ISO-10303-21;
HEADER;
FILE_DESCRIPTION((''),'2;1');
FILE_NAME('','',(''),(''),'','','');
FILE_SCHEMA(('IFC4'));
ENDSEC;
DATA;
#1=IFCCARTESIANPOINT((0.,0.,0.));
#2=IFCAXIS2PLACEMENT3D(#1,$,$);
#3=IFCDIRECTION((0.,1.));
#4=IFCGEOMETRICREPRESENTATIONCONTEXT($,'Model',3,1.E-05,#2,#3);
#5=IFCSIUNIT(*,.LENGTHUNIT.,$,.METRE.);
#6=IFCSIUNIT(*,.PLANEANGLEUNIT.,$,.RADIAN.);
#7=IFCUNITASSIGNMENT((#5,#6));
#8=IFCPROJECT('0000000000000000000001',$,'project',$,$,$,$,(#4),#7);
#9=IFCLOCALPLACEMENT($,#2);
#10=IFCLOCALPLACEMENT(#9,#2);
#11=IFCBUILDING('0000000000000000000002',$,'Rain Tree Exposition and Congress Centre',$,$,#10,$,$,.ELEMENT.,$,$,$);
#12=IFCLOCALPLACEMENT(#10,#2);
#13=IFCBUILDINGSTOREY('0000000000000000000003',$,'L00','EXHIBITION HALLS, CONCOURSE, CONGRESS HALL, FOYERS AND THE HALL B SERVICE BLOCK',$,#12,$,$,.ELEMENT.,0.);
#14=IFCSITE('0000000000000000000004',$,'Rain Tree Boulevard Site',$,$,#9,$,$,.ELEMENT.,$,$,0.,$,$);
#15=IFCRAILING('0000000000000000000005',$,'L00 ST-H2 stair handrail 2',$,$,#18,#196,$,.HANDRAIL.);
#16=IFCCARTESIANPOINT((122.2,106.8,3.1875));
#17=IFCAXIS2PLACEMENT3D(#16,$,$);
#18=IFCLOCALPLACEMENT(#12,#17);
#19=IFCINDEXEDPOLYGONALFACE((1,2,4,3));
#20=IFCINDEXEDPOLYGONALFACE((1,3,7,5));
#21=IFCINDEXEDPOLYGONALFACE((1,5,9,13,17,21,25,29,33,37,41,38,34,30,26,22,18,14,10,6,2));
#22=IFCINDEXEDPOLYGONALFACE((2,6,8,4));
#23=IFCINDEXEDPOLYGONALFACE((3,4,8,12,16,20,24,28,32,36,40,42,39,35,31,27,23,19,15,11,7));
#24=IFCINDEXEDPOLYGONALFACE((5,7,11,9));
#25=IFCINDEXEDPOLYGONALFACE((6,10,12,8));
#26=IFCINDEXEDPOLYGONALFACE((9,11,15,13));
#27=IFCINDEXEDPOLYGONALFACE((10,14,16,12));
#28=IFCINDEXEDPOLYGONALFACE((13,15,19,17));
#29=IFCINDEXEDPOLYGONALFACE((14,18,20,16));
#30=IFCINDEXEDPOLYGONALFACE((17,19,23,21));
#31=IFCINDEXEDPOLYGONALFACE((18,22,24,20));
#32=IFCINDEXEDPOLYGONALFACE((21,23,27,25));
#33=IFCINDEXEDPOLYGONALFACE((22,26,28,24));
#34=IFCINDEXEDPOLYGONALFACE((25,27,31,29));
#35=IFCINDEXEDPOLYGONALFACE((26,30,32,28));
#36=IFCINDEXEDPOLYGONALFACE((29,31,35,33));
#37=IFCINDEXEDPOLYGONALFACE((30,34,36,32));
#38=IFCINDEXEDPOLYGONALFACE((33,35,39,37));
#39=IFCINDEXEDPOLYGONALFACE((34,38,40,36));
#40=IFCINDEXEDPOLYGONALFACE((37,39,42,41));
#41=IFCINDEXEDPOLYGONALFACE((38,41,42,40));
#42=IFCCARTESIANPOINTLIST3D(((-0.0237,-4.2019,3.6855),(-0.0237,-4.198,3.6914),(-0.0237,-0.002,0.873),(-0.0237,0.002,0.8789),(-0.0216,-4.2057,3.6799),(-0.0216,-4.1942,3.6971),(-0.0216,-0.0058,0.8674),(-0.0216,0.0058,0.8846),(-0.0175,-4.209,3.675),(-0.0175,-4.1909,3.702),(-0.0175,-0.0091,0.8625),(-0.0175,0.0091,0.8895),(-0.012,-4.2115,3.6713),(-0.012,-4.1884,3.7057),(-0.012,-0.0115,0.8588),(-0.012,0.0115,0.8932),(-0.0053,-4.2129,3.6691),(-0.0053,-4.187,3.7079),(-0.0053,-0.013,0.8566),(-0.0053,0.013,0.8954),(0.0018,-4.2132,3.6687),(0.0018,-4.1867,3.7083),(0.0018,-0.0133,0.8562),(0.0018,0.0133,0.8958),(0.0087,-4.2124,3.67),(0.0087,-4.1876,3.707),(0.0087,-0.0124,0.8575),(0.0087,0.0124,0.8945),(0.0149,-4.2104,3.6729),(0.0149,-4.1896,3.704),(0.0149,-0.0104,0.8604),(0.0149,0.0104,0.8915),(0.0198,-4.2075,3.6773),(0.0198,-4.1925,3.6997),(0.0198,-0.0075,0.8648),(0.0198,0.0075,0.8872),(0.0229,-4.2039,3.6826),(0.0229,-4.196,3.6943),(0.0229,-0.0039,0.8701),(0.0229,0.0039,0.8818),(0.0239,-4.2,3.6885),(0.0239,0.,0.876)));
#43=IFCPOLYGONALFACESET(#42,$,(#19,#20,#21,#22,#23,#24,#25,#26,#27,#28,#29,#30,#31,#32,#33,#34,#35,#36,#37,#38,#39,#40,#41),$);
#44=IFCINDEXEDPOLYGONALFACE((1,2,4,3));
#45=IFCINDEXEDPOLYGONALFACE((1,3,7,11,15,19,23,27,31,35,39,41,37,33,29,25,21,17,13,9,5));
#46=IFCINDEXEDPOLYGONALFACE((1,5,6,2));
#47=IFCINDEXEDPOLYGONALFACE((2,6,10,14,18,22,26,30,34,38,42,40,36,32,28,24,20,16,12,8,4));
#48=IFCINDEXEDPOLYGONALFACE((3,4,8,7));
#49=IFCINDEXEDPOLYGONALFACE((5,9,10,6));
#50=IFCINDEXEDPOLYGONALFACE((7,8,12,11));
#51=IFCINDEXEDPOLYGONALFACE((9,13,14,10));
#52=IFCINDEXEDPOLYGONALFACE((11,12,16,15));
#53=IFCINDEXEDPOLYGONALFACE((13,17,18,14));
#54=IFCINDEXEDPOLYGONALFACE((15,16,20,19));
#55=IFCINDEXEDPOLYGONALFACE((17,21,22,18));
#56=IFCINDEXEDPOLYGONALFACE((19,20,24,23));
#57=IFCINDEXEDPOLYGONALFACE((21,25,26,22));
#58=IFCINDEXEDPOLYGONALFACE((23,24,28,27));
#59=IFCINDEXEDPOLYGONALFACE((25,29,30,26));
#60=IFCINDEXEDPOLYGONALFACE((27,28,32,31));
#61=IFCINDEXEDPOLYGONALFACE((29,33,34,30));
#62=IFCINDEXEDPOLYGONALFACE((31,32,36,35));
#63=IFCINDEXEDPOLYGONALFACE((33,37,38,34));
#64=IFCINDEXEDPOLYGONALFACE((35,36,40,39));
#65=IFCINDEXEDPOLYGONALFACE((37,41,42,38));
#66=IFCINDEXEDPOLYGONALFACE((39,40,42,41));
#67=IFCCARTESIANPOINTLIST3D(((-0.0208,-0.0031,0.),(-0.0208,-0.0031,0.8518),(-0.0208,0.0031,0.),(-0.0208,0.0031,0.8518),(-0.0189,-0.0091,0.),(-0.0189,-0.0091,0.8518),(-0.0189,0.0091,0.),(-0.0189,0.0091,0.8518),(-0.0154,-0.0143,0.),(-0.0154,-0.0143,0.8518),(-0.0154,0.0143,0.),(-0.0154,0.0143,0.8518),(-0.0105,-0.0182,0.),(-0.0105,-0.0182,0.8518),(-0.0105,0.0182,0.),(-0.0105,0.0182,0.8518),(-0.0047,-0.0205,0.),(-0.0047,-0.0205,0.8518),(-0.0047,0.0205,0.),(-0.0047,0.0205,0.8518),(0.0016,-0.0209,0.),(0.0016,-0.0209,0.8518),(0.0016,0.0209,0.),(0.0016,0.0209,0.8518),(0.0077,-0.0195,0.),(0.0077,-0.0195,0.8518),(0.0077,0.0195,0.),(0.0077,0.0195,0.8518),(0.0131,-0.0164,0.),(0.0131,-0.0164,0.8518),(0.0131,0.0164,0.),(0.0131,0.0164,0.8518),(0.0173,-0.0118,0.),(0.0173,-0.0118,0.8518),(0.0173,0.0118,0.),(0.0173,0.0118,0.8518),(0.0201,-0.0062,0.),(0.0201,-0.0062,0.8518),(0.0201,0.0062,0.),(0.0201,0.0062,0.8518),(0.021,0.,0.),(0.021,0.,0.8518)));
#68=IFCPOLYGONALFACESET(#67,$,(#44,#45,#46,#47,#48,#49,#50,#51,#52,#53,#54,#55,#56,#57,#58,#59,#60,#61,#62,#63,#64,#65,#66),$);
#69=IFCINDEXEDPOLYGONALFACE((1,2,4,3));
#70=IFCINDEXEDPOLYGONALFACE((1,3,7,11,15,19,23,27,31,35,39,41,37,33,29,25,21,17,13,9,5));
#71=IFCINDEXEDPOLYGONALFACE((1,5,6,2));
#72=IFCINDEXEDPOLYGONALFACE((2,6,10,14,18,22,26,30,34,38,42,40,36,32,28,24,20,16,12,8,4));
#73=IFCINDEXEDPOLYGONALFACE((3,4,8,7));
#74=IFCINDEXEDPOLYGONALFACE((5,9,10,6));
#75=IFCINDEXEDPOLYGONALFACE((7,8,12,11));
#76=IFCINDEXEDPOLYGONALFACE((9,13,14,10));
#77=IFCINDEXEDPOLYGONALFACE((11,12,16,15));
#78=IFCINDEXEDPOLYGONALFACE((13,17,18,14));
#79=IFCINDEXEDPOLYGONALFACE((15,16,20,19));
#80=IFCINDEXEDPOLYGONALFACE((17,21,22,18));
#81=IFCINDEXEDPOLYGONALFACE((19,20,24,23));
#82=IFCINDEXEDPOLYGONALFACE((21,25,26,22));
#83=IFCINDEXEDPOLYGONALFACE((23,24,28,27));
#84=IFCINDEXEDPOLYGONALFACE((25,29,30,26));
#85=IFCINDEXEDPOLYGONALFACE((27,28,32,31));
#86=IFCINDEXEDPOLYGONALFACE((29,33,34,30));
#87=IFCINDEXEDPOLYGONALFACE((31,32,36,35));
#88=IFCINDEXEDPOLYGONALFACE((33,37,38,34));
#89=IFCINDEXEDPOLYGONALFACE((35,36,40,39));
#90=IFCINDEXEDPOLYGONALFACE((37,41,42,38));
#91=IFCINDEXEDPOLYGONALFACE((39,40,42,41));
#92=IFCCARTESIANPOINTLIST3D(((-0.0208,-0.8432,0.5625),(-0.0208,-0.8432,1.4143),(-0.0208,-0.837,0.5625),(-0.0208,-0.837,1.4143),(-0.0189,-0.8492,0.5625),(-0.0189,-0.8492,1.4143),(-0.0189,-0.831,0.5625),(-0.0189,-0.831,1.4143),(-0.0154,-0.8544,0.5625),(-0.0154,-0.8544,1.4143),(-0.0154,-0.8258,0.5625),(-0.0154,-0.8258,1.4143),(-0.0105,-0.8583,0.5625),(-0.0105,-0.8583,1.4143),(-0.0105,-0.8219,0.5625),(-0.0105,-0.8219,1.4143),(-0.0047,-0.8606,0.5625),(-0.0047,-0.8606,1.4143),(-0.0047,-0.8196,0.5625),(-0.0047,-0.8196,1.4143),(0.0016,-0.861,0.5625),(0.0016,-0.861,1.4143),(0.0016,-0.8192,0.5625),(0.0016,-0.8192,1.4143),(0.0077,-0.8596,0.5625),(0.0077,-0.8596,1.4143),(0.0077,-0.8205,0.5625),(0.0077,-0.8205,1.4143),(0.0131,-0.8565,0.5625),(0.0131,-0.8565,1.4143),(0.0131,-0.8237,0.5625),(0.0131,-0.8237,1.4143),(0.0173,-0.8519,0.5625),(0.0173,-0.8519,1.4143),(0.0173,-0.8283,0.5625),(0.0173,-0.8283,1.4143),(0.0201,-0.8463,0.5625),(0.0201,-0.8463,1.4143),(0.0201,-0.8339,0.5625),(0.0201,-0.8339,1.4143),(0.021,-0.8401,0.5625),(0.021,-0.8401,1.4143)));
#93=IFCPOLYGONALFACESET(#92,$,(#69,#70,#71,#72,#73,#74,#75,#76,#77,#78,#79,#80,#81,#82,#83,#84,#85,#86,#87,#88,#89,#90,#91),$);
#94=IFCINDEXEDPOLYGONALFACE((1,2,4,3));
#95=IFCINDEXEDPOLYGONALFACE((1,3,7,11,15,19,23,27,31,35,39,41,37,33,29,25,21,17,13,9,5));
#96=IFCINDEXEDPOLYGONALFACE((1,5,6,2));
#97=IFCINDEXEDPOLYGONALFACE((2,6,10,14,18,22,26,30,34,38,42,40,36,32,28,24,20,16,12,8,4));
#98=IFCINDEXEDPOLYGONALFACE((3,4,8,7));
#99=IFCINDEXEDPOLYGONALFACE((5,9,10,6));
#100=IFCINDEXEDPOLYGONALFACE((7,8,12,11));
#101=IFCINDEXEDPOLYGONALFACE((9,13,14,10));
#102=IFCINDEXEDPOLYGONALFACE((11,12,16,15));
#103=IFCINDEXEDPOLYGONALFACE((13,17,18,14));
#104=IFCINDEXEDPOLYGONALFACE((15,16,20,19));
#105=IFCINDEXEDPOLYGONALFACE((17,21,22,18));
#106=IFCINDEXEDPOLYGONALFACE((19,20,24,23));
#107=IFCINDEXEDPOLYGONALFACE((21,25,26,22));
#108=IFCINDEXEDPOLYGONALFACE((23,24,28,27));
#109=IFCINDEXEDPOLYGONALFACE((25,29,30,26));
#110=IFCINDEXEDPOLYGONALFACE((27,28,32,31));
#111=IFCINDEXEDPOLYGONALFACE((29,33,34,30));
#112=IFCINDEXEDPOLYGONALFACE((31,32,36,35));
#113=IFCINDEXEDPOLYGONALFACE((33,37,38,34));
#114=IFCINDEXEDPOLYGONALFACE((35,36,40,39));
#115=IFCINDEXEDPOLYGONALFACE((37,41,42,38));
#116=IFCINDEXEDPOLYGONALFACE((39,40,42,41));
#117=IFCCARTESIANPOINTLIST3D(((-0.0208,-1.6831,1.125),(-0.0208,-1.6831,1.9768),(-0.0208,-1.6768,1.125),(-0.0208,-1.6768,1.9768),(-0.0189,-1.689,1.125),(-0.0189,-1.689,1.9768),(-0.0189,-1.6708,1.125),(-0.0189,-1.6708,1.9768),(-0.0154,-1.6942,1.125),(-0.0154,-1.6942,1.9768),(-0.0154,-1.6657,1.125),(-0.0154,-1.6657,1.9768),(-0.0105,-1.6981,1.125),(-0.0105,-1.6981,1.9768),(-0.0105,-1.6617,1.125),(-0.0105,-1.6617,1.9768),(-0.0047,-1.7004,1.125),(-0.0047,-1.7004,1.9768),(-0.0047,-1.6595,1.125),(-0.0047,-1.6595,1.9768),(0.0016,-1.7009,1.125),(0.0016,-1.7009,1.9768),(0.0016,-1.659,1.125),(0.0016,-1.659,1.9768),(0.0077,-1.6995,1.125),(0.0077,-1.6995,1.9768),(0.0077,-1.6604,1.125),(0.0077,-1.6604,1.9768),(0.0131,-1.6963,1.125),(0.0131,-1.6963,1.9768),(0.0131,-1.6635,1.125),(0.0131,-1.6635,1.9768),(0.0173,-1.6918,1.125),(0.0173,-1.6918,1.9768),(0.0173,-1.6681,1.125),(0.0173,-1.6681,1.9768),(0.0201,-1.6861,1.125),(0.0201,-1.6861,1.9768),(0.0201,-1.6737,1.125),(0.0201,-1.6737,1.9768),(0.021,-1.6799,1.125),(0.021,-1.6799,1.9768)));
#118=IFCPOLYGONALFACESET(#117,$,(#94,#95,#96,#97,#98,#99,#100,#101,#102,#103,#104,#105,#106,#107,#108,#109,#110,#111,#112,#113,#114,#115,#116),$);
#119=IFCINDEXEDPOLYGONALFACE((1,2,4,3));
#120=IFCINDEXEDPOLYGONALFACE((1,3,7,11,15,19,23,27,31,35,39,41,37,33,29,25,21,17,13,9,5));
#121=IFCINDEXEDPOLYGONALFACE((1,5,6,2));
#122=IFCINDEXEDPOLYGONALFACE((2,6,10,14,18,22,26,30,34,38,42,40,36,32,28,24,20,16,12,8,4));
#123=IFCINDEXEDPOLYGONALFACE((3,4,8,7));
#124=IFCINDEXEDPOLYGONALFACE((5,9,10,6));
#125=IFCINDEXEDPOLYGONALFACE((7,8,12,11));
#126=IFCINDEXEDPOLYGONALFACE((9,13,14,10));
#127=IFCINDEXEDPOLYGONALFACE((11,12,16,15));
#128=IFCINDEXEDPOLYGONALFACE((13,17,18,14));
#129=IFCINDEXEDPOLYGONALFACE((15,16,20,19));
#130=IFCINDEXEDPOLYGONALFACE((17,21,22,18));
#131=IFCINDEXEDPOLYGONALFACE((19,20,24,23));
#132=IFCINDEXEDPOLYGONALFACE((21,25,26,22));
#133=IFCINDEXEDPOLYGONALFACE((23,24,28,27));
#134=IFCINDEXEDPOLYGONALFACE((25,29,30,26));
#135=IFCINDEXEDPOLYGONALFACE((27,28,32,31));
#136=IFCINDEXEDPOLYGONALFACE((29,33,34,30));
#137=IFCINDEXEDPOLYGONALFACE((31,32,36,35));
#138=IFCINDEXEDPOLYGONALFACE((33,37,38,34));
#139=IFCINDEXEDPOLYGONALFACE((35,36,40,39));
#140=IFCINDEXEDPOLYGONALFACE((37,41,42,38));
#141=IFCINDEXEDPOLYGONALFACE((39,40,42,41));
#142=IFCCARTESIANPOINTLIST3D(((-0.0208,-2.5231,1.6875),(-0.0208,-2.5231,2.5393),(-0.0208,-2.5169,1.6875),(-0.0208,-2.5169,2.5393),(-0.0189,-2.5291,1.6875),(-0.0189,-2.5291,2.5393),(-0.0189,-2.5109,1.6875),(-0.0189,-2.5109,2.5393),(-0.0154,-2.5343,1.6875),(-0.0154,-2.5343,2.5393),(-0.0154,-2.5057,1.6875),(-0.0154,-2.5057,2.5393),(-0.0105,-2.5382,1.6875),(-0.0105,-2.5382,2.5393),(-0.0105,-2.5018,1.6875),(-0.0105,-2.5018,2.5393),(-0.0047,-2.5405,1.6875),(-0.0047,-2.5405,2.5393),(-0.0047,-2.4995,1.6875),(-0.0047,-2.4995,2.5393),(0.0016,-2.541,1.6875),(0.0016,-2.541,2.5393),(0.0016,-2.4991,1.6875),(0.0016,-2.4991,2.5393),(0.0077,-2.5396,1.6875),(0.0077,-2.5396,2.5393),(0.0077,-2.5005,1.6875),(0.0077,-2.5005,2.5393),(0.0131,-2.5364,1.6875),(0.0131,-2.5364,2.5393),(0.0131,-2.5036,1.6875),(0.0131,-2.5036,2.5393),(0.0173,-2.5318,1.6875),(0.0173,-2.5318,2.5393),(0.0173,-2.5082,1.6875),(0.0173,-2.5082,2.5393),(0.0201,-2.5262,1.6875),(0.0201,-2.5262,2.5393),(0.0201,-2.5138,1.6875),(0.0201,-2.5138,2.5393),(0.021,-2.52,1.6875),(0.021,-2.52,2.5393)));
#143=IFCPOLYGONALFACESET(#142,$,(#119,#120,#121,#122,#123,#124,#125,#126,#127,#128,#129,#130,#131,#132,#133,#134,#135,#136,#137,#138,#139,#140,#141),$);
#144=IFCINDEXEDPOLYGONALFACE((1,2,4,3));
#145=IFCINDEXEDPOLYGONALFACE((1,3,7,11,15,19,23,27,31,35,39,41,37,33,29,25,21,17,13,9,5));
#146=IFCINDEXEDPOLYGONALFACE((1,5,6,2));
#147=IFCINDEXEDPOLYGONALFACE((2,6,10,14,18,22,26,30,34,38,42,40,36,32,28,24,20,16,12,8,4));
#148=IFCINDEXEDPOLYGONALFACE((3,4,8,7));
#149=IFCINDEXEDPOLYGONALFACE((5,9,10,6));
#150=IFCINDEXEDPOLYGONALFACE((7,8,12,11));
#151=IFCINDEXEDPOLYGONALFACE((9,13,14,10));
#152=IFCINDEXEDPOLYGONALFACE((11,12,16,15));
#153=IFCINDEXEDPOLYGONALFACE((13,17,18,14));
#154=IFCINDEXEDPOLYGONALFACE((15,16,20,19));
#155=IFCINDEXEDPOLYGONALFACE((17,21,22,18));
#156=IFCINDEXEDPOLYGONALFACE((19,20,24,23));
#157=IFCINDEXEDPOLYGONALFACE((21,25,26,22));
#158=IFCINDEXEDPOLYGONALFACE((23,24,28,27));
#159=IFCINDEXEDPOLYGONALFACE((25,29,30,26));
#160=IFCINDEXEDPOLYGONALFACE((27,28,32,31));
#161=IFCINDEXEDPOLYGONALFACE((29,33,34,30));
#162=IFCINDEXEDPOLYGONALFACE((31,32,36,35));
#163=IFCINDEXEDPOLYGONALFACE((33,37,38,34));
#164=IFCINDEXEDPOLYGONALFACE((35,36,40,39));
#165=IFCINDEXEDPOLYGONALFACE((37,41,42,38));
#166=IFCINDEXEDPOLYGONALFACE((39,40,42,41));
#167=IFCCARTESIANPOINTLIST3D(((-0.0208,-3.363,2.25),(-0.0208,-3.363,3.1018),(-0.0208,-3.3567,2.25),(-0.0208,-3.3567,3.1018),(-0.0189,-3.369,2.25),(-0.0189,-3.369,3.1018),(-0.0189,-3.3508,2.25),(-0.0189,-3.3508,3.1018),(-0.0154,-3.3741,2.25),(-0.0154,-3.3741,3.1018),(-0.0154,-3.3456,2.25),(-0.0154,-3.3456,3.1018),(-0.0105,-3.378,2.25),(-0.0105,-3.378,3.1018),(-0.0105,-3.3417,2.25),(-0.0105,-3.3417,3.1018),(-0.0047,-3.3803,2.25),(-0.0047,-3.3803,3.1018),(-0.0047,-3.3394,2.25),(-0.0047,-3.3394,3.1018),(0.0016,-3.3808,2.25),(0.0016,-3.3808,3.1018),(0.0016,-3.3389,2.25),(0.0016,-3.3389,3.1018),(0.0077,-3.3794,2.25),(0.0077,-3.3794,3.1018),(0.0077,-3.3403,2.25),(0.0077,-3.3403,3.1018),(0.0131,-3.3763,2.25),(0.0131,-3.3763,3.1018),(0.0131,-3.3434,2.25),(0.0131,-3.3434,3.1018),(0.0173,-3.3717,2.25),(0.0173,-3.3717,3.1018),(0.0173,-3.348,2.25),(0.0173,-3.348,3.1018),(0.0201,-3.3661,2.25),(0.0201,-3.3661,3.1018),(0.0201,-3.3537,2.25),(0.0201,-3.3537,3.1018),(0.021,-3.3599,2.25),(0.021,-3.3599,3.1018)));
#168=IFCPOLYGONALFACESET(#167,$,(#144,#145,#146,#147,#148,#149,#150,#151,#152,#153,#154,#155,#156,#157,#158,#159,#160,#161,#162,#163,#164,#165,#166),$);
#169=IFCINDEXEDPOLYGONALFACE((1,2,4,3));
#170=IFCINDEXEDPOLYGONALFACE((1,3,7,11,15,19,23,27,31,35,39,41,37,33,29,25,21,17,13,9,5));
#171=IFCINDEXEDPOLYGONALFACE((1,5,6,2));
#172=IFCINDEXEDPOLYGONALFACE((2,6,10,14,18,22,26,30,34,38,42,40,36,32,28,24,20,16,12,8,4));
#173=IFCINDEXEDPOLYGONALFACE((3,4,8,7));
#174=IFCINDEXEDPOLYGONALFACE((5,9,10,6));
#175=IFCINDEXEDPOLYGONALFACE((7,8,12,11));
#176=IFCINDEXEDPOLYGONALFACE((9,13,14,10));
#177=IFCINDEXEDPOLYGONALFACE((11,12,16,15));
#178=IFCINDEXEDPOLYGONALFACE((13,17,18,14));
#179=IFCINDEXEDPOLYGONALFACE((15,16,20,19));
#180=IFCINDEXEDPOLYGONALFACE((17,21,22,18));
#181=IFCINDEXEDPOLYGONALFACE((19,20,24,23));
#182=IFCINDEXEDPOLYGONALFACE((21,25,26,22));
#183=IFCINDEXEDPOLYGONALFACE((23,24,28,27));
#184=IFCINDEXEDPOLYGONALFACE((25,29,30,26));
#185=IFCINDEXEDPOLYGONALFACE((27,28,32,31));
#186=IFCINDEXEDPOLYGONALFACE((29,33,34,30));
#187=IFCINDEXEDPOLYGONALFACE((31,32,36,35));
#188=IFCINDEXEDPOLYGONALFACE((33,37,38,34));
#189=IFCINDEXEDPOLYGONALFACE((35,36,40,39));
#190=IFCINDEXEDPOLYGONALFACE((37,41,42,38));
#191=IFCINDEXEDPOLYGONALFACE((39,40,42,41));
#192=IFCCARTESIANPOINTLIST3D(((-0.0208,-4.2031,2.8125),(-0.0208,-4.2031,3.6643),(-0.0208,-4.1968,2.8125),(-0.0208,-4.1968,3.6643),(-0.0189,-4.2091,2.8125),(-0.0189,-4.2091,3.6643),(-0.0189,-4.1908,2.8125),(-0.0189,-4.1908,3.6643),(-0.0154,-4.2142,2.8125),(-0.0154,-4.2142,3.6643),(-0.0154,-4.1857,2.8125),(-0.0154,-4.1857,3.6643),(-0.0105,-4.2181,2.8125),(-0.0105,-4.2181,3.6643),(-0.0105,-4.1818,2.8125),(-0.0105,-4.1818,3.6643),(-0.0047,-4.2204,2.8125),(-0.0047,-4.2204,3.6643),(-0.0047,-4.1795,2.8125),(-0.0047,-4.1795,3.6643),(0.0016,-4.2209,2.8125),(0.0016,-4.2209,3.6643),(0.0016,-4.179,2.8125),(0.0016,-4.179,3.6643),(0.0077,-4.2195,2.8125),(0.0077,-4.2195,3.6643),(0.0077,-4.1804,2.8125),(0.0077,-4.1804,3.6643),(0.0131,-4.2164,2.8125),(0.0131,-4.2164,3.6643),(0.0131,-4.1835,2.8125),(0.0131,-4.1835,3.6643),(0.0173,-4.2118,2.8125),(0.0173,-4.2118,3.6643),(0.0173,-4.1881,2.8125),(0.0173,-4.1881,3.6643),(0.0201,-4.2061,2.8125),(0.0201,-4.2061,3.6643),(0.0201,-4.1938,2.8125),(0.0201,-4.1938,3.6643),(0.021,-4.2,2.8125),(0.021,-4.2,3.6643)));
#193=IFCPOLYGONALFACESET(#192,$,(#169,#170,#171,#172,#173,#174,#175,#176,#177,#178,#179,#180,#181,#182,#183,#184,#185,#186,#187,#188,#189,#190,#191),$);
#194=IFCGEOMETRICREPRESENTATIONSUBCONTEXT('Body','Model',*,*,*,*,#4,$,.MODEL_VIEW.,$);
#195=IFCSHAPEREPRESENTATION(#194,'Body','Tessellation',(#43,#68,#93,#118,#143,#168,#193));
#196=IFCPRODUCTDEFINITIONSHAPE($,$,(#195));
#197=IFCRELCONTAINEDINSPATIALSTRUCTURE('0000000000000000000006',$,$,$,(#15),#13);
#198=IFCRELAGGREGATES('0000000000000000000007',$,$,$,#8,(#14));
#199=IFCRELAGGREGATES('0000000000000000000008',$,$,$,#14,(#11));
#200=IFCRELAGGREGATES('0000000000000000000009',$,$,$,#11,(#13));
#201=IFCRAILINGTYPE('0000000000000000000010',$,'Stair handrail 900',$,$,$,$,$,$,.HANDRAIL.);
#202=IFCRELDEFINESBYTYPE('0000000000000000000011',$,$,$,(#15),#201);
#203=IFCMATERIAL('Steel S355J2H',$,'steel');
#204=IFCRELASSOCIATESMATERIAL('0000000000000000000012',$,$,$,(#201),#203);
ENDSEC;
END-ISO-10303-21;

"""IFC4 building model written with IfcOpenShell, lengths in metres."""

from ifc_helpers import new_model, si_unit, direction, frame, origin, origin_2d, place, context, subcontext, project, spatial, circle, extrude, material, type_object, element, save


model = new_model("IFC4")

# Units and contexts
model_context = context("Model", 3, precision=1e-05, world=origin(), true_north=direction((0.0, 1.0)))
body_context = subcontext(model_context, "Body", "Model", "MODEL_VIEW")
ifc_project = project(units=[si_unit("LENGTHUNIT", "METRE"), si_unit("PLANEANGLEUNIT", "RADIAN")], contexts=[model_context])

# Site, building, storey
site_placement = place(None, origin())
site = spatial("IfcSite", under=ifc_project, at=site_placement, Name="Rain Tree Boulevard Site", CompositionType="ELEMENT", RefElevation=0.0)
building_placement = place(site_placement, origin())
building = spatial("IfcBuilding", under=site, at=building_placement, Name="Rain Tree Exposition and Congress Centre", CompositionType="ELEMENT")
storey_placement = place(building_placement, origin())
storey = spatial("IfcBuildingStorey", under=building, at=storey_placement, Name="L00", Description="EXHIBITION HALLS, CONCOURSE, CONGRESS HALL, FOYERS AND THE HALL B SERVICE BLOCK", CompositionType="ELEMENT", Elevation=0.0)

# Railing
ifc_material_1 = material(Name="Steel S355J2H", Category="steel")
railing_type_1 = type_object("IfcRailingType", Name="Stair handrail 900", PredefinedType="HANDRAIL", material=ifc_material_1)
railing_1_placement = place(storey_placement, frame((122.2, 106.8, 3.1875)))
element("IfcRailing", 1, at=railing_1_placement, inside=storey, type_object=railing_type_1, Name="L00 ST-H2 stair handrail 2", PredefinedType="HANDRAIL", context=body_context, shape_type="SweptSolid", body=[
    extrude(circle(Radius=0.0239, at=origin_2d()), frame((0.0, 0.0, 0.876), z_axis=(0.0, -0.830904, 0.556416), x_axis=(1.0, 0.0, 0.0)), (0.0, 0.0, 1.0), 5.0547),
    extrude(circle(Radius=0.021, at=origin_2d()), origin(), (0.0, 0.0, 1.0), 0.8518),
    extrude(circle(Radius=0.021, at=origin_2d()), frame((0.0, -0.8401, 0.5625)), (0.0, 0.0, 1.0), 0.8518),
    extrude(circle(Radius=0.021, at=origin_2d()), frame((0.0, -1.6799, 1.125)), (0.0, 0.0, 1.0), 0.8518),
    extrude(circle(Radius=0.021, at=origin_2d()), frame((0.0, -2.52, 1.6875)), (0.0, 0.0, 1.0), 0.8518),
    extrude(circle(Radius=0.021, at=origin_2d()), frame((0.0, -3.3599, 2.25)), (0.0, 0.0, 1.0), 0.8518),
    extrude(circle(Radius=0.021, at=origin_2d()), frame((0.0, -4.2, 2.8125)), (0.0, 0.0, 1.0), 0.8518),
])

save(model, "model.ifc")
